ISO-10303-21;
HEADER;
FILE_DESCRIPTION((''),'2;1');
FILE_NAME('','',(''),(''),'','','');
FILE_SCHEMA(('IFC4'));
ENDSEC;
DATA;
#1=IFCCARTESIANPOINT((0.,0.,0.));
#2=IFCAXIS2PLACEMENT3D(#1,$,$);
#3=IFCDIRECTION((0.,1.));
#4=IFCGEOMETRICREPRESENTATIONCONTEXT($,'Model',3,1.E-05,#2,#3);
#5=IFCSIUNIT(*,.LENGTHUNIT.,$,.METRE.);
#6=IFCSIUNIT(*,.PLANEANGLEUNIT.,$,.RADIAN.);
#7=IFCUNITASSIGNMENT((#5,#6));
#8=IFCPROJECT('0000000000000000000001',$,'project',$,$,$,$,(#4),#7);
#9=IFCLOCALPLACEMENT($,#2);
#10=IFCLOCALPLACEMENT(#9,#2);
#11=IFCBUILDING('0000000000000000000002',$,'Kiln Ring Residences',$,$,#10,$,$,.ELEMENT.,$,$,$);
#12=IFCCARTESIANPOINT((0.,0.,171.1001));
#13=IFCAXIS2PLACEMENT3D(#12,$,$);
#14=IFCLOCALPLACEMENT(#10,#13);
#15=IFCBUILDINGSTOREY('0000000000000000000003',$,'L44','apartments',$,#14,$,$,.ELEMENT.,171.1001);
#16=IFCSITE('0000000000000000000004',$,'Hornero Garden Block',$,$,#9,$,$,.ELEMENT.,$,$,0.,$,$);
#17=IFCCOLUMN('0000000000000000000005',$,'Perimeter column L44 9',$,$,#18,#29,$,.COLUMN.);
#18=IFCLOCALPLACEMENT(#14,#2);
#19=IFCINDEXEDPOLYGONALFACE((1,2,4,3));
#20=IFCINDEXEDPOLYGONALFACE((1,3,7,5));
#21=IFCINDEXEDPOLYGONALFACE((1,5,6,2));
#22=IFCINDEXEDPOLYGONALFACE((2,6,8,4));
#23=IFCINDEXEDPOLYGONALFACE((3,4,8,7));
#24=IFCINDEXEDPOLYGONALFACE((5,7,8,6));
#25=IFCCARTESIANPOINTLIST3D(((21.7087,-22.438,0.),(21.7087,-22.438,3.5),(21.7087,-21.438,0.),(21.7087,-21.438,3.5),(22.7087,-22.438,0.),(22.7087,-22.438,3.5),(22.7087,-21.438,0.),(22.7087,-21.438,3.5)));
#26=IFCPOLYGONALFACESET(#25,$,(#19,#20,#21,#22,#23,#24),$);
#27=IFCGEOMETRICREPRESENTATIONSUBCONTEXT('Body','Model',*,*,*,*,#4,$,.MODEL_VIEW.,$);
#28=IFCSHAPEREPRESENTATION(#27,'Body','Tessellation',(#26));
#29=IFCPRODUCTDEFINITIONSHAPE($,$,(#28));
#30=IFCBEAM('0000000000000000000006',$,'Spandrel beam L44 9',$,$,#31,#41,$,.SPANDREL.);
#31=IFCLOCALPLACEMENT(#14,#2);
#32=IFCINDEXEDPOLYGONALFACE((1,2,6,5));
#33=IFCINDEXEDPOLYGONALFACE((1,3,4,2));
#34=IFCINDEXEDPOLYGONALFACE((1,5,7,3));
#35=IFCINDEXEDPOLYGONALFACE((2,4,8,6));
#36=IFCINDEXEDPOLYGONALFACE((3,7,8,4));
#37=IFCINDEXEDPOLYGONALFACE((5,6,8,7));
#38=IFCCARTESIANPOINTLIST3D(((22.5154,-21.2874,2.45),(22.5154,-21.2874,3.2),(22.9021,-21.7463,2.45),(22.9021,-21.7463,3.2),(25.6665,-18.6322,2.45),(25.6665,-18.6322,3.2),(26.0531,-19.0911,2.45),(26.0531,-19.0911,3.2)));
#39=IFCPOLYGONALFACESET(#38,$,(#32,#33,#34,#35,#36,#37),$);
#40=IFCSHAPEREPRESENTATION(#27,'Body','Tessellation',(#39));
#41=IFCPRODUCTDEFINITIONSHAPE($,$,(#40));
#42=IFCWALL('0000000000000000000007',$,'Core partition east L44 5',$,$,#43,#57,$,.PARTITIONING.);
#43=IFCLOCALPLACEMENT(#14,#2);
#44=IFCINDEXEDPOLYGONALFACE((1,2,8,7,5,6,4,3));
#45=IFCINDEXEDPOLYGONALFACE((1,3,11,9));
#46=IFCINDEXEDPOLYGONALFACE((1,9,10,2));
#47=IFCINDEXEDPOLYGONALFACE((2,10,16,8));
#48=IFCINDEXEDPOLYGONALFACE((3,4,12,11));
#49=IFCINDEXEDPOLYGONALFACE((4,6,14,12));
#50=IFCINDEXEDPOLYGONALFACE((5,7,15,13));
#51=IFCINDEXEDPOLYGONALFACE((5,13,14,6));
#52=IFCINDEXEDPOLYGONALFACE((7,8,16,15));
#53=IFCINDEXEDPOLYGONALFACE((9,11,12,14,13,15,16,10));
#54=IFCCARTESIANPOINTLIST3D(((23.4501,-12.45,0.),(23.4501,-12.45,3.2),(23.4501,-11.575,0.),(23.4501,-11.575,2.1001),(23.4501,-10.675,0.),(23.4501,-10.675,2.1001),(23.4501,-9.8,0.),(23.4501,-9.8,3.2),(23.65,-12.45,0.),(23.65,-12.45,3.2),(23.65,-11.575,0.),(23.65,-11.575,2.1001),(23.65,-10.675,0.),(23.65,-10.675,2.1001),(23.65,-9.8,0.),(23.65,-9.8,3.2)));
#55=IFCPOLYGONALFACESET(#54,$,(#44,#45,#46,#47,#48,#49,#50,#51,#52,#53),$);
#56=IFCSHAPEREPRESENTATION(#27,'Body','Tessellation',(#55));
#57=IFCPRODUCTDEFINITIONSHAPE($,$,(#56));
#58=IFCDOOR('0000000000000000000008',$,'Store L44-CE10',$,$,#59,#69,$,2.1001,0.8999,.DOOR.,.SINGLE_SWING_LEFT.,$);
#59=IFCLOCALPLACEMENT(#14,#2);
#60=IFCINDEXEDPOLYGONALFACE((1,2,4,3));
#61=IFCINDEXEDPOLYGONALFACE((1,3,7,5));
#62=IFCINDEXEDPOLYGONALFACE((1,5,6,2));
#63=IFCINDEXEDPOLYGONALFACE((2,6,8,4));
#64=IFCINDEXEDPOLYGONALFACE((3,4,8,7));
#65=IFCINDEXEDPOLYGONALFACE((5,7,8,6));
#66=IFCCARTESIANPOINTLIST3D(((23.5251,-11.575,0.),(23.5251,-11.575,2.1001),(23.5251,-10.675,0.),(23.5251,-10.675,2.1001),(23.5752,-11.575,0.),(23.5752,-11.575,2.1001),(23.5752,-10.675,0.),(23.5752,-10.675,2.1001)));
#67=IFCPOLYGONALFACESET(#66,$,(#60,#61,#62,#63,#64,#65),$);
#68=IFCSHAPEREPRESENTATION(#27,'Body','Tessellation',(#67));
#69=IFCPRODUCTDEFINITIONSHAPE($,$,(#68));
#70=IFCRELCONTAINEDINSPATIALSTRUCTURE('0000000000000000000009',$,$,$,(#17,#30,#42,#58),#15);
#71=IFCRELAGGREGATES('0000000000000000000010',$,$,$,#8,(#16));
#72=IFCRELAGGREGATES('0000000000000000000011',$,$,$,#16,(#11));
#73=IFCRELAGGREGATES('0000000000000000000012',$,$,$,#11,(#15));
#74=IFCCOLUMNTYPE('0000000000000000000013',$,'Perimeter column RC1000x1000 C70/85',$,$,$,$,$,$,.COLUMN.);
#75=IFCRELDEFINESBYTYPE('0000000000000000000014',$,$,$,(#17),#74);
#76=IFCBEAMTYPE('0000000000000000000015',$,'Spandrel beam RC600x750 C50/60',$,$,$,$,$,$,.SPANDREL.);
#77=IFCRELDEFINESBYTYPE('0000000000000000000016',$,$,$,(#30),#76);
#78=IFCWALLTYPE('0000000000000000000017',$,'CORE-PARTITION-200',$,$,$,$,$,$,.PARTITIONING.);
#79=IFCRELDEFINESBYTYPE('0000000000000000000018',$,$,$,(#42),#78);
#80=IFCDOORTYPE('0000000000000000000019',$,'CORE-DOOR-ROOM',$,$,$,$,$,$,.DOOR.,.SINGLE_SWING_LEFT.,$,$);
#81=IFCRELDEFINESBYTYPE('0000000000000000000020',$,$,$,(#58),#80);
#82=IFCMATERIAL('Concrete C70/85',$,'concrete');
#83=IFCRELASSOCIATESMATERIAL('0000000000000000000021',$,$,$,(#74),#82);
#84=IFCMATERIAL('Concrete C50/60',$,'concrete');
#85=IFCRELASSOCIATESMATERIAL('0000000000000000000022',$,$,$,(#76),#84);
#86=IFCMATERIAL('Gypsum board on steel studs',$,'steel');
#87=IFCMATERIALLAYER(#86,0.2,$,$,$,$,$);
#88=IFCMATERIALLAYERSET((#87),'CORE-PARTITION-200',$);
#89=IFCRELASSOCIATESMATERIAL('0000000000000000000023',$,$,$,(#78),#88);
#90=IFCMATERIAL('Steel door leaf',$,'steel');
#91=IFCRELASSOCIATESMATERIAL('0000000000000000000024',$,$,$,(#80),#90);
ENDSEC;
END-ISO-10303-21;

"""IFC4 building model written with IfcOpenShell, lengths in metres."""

from ifc_helpers import new_model, si_unit, direction, frame, frame_2d, origin, origin_2d, place, context, subcontext, project, spatial, rectangle, extrude, material, layer, layer_set, material_profile, profile_set, type_object, element, fill, save


model = new_model("IFC4")

# Units and contexts
model_context = context("Model", 3, precision=1e-05, world=origin(), true_north=direction((0.0, 1.0)))
body_context = subcontext(model_context, "Body", "Model", "MODEL_VIEW")
ifc_project = project(units=[si_unit("LENGTHUNIT", "METRE"), si_unit("PLANEANGLEUNIT", "RADIAN")], contexts=[model_context])

# Site, building, storey
site_placement = place(None, origin())
site = spatial("IfcSite", under=ifc_project, at=site_placement, Name="Hornero Garden Block", CompositionType="ELEMENT", RefElevation=0.0)
building_placement = place(site_placement, origin())
building = spatial("IfcBuilding", under=site, at=building_placement, Name="Kiln Ring Residences", CompositionType="ELEMENT")
storey_placement = place(building_placement, frame((0.0, 0.0, 171.1001)))
storey = spatial("IfcBuildingStorey", under=building, at=storey_placement, Name="L44", Description="apartments", CompositionType="ELEMENT", Elevation=171.1001)

# Column
ifc_material_1 = material(Name="Concrete C70/85", Category="concrete")
ifc_material_profile_1 = material_profile(ifc_material_1, rectangle(XDim=1.0, YDim=1.0, at=origin_2d()), Name="RC1000x1000")
ifc_profile_set_1 = profile_set([ifc_material_profile_1], Name="Concrete C70/85")
column_type = type_object("IfcColumnType", Name="Perimeter column RC1000x1000 C70/85", PredefinedType="COLUMN", material=ifc_profile_set_1)
column_placement = place(storey_placement, frame((22.2087, -21.938, 0.0), z_axis=(0.0, 0.0, 1.0), x_axis=(1.0, 0.0, 0.0)))
element("IfcColumn", 1, at=column_placement, inside=storey, type_object=column_type, Name="Perimeter column L44 9", PredefinedType="COLUMN", context=body_context, shape_type="SweptSolid", body=[
    extrude(rectangle(XDim=1.0, YDim=1.0, at=origin_2d()), origin(), (0.0, 0.0, 1.0), 3.5),
])

# Beam
ifc_material_2 = material(Name="Concrete C50/60", Category="concrete")
ifc_material_profile_2 = material_profile(ifc_material_2, rectangle(XDim=0.6001, YDim=0.75, at=origin_2d()), Name="RC600x750")
ifc_profile_set_2 = profile_set([ifc_material_profile_2], Name="Concrete C50/60")
beam_type = type_object("IfcBeamType", Name="Spandrel beam RC600x750 C50/60", PredefinedType="SPANDREL", material=ifc_profile_set_2)
beam_placement = place(storey_placement, frame((22.7087, -21.5168, 2.825), z_axis=(0.764708, 0.644377, 0.0), x_axis=(-0.644377, 0.764708, 0.0)))
element("IfcBeam", 2, at=beam_placement, inside=storey, type_object=beam_type, Name="Spandrel beam L44 9", PredefinedType="SPANDREL", context=body_context, shape_type="SweptSolid", body=[
    extrude(rectangle(XDim=0.6001, YDim=0.75, at=origin_2d()), origin(), (0.0, 0.0, 1.0), 4.1206),
])

# Wall, opening, door
ifc_material_3 = material(Name="Gypsum board on steel studs", Category="steel")
ifc_layer_1 = layer(ifc_material_3, 0.2)
ifc_layer_set_1 = layer_set([ifc_layer_1], Name="CORE-PARTITION-200")
wall_type_1 = type_object("IfcWallType", Name="CORE-PARTITION-200", PredefinedType="PARTITIONING", material=ifc_layer_set_1)
wall_1_placement = place(storey_placement, frame((23.55, -12.45, 0.0), z_axis=(0.0, 0.0, 1.0), x_axis=(0.0, 1.0, 0.0)))
wall_1 = element("IfcWall", 3, at=wall_1_placement, inside=storey, type_object=wall_type_1, Name="Core partition east L44 5", PredefinedType="PARTITIONING", context=body_context, shape_type="SweptSolid", body=[
    extrude(rectangle(XDim=2.6499, YDim=0.2, at=frame_2d((1.325, 0.0))), origin(), (0.0, 0.0, 1.0), 3.2),
])
opening_1_placement = place(wall_1_placement, frame((0.875, 0.0, 0.0)))
opening_1 = element("IfcOpeningElement", 4, at=opening_1_placement, cuts=wall_1, PredefinedType="OPENING", context=body_context, shape_type="SweptSolid", body=[
    extrude(rectangle(XDim=0.8999, YDim=2.1001, at=frame_2d((0.45, 1.05))), frame((0.0, 0.1099, 0.0), z_axis=(0.0, -1.0, 0.0), x_axis=(1.0, 0.0, 0.0)), (0.0, 0.0, 1.0), 0.22),
])
ifc_material_4 = material(Name="Steel door leaf", Category="steel")
door_type_1 = type_object("IfcDoorType", Name="CORE-DOOR-ROOM", OperationType="SINGLE_SWING_LEFT", PredefinedType="DOOR", material=ifc_material_4)
door_1_placement = place(opening_1_placement, origin())
door_1 = element("IfcDoor", 5, at=door_1_placement, inside=storey, type_object=door_type_1, Name="Store L44-CE10", OperationType="SINGLE_SWING_LEFT", OverallHeight=2.1001, OverallWidth=0.8999, PredefinedType="DOOR", context=body_context, shape_type="SweptSolid", body=[
    extrude(rectangle(XDim=0.8999, YDim=2.1001, at=frame_2d((0.45, 1.05))), frame((0.0, 0.0249, 0.0), z_axis=(0.0, -1.0, 0.0), x_axis=(1.0, 0.0, 0.0)), (0.0, 0.0, 1.0), 0.05),
])
fill(opening_1, door_1)

save(model, "model.ifc")
